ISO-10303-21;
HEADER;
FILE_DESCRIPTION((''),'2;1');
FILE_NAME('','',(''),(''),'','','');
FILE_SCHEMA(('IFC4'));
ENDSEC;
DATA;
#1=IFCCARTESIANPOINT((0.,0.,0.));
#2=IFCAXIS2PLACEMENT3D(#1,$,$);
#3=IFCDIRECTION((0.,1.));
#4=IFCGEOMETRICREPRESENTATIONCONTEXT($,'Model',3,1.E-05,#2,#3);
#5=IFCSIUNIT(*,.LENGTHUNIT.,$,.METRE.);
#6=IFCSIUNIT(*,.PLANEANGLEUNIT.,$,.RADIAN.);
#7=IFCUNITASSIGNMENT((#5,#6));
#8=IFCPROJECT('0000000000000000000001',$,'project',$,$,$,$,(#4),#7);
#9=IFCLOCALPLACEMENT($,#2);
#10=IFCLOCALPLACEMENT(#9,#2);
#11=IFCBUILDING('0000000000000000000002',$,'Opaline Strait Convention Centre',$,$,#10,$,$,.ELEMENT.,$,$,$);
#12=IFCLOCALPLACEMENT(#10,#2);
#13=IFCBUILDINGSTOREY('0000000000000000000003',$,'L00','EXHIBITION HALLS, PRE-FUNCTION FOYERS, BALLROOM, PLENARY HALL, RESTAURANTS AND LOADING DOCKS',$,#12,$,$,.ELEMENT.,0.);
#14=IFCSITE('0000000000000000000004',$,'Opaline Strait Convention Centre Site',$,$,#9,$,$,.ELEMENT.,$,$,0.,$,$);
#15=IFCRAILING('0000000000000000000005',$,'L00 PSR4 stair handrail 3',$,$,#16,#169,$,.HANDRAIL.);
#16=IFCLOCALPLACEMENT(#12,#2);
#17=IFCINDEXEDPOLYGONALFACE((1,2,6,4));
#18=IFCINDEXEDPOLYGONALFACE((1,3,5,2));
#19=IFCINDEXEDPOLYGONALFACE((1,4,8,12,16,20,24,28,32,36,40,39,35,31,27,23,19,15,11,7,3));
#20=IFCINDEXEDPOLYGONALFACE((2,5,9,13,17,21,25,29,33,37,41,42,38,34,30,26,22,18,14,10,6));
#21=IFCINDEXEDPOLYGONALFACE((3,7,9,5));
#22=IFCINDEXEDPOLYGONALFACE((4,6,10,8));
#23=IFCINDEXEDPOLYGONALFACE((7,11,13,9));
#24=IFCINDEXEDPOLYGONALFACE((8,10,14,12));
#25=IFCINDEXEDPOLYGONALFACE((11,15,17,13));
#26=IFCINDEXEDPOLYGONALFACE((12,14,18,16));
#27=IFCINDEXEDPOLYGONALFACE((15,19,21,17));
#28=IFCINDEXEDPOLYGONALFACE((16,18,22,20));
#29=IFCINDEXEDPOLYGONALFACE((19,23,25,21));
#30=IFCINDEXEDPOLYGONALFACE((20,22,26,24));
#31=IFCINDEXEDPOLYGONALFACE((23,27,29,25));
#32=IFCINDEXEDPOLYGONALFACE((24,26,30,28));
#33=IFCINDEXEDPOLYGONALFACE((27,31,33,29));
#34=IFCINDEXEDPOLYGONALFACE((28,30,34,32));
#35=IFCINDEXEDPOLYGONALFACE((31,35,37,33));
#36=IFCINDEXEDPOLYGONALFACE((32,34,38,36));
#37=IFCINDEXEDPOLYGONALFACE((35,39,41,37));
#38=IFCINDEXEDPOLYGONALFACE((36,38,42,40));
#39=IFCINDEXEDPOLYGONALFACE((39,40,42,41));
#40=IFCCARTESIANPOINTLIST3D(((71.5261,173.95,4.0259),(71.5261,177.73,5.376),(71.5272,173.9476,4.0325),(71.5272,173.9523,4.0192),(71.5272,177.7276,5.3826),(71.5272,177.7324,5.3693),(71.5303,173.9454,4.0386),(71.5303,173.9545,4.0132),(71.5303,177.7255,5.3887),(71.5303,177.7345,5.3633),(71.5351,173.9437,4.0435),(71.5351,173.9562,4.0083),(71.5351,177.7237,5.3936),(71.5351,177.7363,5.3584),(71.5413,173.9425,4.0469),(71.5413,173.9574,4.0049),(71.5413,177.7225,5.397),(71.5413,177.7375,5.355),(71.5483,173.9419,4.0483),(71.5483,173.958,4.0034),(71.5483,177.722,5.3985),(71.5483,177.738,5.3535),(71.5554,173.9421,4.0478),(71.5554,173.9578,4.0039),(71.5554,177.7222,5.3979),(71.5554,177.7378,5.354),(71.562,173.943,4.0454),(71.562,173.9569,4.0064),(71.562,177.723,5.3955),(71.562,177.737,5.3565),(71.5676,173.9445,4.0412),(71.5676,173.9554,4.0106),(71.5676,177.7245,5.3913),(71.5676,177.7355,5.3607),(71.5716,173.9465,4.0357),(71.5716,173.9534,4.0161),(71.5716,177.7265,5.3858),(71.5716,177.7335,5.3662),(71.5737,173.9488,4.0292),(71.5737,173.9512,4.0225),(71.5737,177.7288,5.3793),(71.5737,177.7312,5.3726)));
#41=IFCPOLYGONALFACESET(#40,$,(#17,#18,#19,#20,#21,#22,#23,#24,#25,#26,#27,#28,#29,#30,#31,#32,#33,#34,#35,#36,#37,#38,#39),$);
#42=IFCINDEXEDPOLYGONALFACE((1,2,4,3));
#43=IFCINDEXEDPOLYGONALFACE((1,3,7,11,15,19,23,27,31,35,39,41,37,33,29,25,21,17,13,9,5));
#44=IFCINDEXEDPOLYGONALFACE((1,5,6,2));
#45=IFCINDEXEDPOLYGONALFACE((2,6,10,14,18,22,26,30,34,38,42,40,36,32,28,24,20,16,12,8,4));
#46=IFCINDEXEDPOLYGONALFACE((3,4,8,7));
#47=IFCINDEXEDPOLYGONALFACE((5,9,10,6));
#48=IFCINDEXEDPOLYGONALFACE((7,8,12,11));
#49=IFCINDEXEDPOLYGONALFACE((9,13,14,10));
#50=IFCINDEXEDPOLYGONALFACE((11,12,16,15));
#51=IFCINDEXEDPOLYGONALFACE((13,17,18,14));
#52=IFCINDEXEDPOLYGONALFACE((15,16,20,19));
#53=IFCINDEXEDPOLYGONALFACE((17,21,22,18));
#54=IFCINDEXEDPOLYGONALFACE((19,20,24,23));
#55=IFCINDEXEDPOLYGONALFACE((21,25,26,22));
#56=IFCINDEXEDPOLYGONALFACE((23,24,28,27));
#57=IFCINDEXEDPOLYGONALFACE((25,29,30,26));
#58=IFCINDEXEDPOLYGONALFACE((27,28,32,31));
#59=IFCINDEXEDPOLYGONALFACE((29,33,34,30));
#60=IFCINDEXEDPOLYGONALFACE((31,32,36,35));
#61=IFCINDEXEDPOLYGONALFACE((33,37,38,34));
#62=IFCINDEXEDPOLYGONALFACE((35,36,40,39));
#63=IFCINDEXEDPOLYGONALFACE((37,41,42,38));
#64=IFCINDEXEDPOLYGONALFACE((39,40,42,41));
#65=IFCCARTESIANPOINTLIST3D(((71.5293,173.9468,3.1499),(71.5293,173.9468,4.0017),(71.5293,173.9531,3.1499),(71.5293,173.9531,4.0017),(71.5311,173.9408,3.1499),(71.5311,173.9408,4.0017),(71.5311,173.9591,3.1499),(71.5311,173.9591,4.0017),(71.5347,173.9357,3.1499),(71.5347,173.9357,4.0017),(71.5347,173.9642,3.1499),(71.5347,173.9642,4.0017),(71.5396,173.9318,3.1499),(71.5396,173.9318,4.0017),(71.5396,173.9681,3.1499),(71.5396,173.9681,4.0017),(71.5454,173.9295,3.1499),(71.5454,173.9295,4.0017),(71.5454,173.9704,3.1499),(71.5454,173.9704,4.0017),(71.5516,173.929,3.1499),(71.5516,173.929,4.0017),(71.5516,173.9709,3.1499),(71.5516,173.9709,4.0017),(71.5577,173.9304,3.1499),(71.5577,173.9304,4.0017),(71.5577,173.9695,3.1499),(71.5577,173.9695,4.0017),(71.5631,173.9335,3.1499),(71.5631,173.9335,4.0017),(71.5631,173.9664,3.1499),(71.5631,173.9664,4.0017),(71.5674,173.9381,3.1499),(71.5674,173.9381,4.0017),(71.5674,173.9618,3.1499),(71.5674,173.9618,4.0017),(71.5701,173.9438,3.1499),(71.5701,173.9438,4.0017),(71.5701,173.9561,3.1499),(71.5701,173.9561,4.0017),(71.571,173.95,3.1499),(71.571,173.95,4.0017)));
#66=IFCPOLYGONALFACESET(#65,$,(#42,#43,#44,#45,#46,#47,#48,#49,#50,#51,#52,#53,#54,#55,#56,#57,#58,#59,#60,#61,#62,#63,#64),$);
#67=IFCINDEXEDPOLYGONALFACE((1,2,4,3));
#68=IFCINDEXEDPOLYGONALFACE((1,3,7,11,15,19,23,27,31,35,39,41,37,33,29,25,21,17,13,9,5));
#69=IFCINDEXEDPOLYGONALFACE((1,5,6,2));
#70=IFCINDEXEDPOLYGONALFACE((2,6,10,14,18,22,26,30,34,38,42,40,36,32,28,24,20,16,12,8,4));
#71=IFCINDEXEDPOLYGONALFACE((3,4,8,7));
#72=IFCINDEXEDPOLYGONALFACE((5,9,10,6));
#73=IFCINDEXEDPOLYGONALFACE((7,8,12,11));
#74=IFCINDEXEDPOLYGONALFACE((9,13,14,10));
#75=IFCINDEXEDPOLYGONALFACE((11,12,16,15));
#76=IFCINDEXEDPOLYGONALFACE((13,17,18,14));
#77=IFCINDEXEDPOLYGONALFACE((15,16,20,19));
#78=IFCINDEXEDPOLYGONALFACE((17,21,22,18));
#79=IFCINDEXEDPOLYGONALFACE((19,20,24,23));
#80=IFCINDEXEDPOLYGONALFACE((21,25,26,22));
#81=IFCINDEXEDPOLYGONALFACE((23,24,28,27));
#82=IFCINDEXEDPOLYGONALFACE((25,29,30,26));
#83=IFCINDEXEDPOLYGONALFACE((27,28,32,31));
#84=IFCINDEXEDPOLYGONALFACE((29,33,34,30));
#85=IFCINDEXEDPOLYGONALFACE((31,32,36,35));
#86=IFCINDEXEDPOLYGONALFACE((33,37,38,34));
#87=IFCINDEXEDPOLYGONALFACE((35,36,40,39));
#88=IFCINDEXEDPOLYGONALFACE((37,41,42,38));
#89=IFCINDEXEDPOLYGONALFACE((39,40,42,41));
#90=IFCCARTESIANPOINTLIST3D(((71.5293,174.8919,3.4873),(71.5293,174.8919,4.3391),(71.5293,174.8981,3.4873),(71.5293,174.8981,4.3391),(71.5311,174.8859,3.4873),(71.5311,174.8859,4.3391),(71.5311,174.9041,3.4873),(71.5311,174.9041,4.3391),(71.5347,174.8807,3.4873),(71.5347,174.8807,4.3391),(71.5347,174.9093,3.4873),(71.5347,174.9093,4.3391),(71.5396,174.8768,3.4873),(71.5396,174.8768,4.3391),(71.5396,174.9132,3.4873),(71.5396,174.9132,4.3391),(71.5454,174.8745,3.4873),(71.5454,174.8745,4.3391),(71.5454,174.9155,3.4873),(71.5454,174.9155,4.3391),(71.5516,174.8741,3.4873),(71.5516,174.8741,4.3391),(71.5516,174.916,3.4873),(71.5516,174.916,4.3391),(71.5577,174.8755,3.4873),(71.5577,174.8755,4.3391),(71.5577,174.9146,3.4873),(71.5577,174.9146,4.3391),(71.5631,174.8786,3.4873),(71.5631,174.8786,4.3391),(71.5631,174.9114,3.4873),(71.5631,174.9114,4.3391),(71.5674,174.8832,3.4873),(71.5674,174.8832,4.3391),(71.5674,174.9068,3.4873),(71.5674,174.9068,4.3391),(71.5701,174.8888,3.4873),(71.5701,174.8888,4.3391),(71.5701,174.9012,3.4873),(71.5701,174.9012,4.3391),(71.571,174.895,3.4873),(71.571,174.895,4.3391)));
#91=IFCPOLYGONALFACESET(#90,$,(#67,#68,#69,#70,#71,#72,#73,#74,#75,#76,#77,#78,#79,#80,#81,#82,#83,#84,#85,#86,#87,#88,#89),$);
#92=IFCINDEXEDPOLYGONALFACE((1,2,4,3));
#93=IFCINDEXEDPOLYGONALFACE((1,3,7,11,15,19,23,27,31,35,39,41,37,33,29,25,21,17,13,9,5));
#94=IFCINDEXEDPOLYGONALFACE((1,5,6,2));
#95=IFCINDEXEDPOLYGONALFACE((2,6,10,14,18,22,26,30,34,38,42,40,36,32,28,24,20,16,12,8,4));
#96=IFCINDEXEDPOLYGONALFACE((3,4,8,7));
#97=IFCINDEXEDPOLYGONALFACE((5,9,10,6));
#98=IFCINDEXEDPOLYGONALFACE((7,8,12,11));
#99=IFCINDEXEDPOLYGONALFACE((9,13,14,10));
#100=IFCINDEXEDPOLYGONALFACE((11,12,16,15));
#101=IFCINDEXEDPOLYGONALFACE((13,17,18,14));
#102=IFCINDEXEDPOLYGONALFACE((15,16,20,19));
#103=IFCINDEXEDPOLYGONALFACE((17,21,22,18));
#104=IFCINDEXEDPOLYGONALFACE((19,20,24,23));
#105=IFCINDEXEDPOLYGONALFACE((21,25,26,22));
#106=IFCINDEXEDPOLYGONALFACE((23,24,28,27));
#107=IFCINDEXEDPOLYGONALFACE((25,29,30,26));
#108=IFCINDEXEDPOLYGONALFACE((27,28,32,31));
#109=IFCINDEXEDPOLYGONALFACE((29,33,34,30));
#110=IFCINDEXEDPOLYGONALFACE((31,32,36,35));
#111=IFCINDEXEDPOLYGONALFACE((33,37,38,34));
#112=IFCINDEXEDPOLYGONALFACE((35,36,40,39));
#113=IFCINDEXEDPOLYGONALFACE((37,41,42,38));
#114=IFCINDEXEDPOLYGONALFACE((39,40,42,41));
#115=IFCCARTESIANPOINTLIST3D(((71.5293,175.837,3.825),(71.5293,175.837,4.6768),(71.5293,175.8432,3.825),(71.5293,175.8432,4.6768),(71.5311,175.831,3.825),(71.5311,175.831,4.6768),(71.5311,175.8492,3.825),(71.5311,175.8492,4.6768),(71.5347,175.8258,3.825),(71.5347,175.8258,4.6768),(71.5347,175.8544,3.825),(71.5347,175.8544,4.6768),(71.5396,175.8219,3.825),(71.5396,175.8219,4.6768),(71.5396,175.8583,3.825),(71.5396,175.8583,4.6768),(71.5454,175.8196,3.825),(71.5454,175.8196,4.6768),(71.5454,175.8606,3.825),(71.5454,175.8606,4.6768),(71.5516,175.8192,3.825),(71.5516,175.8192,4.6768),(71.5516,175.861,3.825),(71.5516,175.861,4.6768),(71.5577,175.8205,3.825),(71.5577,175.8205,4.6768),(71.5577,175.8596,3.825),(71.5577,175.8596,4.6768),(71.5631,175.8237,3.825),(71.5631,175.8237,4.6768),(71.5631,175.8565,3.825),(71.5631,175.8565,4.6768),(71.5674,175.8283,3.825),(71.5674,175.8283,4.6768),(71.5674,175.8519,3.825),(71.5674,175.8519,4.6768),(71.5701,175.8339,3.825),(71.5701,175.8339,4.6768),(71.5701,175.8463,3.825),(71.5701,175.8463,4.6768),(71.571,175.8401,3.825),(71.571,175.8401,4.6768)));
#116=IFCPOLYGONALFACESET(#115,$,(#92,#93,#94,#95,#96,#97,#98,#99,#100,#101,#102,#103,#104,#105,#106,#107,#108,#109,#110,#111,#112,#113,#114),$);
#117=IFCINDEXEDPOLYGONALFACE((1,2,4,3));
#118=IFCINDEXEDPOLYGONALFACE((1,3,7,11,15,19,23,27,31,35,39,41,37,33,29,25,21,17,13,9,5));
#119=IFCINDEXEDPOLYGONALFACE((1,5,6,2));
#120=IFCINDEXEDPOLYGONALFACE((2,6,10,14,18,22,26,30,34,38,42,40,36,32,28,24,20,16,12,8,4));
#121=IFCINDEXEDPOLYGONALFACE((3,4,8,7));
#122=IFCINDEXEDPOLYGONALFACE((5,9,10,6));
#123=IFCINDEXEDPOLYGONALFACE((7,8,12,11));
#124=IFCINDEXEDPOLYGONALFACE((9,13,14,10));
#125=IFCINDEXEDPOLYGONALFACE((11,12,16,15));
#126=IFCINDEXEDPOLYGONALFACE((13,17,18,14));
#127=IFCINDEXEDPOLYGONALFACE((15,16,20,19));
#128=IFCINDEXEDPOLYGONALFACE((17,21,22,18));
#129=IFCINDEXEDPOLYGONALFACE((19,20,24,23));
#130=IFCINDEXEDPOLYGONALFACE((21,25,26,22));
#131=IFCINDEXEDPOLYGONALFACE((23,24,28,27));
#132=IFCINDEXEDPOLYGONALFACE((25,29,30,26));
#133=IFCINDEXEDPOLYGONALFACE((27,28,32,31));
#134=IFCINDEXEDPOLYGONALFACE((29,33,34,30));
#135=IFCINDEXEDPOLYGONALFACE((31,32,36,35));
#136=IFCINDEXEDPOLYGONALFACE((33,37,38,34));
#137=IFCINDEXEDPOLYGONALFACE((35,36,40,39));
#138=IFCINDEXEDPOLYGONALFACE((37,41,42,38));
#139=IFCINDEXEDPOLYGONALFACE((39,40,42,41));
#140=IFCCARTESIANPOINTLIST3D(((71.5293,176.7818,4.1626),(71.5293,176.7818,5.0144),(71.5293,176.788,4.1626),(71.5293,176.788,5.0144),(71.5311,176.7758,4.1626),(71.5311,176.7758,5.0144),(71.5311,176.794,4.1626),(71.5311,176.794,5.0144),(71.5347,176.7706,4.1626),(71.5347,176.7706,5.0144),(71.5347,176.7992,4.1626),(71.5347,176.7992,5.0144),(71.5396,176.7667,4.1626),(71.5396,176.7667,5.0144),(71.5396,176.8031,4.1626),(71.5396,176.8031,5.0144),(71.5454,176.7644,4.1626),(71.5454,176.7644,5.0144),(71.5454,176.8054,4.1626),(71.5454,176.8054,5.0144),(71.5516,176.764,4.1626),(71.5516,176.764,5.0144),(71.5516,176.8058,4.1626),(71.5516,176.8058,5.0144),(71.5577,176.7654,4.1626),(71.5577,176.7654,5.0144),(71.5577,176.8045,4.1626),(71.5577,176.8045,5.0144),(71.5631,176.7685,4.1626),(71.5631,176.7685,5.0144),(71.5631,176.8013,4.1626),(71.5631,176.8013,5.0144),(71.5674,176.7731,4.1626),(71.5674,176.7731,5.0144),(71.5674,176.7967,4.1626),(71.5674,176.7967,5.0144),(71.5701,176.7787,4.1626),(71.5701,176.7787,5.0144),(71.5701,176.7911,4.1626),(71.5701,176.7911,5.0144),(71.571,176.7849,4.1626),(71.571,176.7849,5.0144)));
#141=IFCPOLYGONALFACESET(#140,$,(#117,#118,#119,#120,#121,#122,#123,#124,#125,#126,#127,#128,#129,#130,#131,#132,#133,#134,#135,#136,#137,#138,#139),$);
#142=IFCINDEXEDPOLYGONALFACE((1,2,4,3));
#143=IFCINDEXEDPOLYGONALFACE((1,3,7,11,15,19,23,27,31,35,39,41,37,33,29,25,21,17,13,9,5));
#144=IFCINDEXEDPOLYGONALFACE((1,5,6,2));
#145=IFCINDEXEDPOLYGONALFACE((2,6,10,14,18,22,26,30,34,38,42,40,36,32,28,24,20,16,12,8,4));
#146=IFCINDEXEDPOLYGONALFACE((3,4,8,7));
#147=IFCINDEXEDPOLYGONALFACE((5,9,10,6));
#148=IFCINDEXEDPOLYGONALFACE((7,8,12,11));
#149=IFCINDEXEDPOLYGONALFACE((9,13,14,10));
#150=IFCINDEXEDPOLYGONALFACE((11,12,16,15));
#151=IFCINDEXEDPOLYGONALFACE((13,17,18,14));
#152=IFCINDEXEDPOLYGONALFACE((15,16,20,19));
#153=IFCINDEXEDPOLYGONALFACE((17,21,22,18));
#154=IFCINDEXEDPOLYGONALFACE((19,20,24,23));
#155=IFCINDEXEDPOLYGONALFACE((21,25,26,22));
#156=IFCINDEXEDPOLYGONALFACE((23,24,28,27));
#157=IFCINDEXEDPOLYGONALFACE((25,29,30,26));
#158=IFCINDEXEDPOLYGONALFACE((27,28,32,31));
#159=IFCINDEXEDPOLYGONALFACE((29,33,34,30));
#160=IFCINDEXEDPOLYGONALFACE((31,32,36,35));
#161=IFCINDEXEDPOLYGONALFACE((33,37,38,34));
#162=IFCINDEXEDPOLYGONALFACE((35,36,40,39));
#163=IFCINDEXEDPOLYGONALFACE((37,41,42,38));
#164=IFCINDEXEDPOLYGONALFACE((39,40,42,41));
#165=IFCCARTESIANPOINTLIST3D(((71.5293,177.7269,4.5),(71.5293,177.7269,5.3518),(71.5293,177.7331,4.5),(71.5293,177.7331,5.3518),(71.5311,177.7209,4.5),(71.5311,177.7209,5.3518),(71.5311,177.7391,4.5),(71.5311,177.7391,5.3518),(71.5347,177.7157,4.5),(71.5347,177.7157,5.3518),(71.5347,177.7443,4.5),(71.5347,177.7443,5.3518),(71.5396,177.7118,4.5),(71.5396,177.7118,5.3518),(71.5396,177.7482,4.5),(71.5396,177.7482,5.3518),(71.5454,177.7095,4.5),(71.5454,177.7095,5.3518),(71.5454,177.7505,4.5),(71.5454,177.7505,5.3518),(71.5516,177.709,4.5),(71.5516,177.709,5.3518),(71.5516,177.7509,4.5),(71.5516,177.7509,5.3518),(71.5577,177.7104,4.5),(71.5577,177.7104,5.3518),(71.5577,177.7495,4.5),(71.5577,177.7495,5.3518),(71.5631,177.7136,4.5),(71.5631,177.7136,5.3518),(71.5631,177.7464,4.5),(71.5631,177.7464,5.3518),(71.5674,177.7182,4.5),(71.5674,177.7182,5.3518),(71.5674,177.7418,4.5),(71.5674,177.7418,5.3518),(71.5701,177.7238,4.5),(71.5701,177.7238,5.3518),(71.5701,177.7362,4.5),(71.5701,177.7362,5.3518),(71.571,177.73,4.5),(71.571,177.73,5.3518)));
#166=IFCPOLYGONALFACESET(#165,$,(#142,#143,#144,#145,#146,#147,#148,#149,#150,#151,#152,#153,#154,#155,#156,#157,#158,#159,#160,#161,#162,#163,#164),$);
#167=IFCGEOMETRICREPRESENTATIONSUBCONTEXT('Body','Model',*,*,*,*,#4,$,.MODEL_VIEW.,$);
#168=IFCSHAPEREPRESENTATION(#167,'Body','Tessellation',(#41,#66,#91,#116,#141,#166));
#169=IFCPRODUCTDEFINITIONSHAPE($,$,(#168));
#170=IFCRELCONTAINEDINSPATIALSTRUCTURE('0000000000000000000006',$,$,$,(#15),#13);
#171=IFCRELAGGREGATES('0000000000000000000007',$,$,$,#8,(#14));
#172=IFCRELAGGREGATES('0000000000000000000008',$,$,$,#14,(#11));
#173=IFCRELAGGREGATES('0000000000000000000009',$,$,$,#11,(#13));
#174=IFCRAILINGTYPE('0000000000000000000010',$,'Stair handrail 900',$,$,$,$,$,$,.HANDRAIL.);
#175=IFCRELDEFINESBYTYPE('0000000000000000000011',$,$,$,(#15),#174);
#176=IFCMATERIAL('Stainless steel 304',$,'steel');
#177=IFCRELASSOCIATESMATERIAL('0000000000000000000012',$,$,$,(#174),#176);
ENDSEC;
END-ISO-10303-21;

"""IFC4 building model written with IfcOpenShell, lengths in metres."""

from ifc_helpers import new_model, si_unit, direction, frame, origin, origin_2d, place, context, subcontext, project, spatial, circle, extrude, material, type_object, element, save


model = new_model("IFC4")

# Units and contexts
model_context = context("Model", 3, precision=1e-05, world=origin(), true_north=direction((0.0, 1.0)))
body_context = subcontext(model_context, "Body", "Model", "MODEL_VIEW")
ifc_project = project(units=[si_unit("LENGTHUNIT", "METRE"), si_unit("PLANEANGLEUNIT", "RADIAN")], contexts=[model_context])

# Site, building, storey
site_placement = place(None, origin())
site = spatial("IfcSite", under=ifc_project, at=site_placement, Name="Opaline Strait Convention Centre Site", CompositionType="ELEMENT", RefElevation=0.0)
building_placement = place(site_placement, origin())
building = spatial("IfcBuilding", under=site, at=building_placement, Name="Opaline Strait Convention Centre", CompositionType="ELEMENT")
storey_placement = place(building_placement, origin())
storey = spatial("IfcBuildingStorey", under=building, at=storey_placement, Name="L00", Description="EXHIBITION HALLS, PRE-FUNCTION FOYERS, BALLROOM, PLENARY HALL, RESTAURANTS AND LOADING DOCKS", CompositionType="ELEMENT", Elevation=0.0)

# Railing
ifc_material_1 = material(Name="Stainless steel 304", Category="steel")
railing_type_1 = type_object("IfcRailingType", Name="Stair handrail 900", PredefinedType="HANDRAIL", material=ifc_material_1)
for number, where, name in (
    (1, (71.55, 173.95, 3.1499), "L00 PSR4 stair handrail 3"),
):
    element("IfcRailing", number, at=place(storey_placement, frame(where)), inside=storey, type_object=railing_type_1, Name=name, PredefinedType="HANDRAIL", context=body_context, shape_type="SweptSolid", body=[
        extrude(circle(Radius=0.0239, at=origin_2d()), frame((0.0, 0.0, 0.876), z_axis=(0.0, 0.941735, 0.336356), x_axis=(-1.0, 0.0, 0.0)), (0.0, 0.0, 1.0), 4.0139),
        extrude(circle(Radius=0.021, at=origin_2d()), origin(), (0.0, 0.0, 1.0), 0.8518),
        extrude(circle(Radius=0.021, at=origin_2d()), frame((0.0, 0.9451, 0.3374)), (0.0, 0.0, 1.0), 0.8518),
        extrude(circle(Radius=0.021, at=origin_2d()), frame((0.0, 1.8901, 0.675)), (0.0, 0.0, 1.0), 0.8518),
        extrude(circle(Radius=0.021, at=origin_2d()), frame((0.0, 2.835, 1.0127)), (0.0, 0.0, 1.0), 0.8518),
        extrude(circle(Radius=0.021, at=origin_2d()), frame((0.0, 3.78, 1.3501)), (0.0, 0.0, 1.0), 0.8518),
    ])

save(model, "model.ifc")
